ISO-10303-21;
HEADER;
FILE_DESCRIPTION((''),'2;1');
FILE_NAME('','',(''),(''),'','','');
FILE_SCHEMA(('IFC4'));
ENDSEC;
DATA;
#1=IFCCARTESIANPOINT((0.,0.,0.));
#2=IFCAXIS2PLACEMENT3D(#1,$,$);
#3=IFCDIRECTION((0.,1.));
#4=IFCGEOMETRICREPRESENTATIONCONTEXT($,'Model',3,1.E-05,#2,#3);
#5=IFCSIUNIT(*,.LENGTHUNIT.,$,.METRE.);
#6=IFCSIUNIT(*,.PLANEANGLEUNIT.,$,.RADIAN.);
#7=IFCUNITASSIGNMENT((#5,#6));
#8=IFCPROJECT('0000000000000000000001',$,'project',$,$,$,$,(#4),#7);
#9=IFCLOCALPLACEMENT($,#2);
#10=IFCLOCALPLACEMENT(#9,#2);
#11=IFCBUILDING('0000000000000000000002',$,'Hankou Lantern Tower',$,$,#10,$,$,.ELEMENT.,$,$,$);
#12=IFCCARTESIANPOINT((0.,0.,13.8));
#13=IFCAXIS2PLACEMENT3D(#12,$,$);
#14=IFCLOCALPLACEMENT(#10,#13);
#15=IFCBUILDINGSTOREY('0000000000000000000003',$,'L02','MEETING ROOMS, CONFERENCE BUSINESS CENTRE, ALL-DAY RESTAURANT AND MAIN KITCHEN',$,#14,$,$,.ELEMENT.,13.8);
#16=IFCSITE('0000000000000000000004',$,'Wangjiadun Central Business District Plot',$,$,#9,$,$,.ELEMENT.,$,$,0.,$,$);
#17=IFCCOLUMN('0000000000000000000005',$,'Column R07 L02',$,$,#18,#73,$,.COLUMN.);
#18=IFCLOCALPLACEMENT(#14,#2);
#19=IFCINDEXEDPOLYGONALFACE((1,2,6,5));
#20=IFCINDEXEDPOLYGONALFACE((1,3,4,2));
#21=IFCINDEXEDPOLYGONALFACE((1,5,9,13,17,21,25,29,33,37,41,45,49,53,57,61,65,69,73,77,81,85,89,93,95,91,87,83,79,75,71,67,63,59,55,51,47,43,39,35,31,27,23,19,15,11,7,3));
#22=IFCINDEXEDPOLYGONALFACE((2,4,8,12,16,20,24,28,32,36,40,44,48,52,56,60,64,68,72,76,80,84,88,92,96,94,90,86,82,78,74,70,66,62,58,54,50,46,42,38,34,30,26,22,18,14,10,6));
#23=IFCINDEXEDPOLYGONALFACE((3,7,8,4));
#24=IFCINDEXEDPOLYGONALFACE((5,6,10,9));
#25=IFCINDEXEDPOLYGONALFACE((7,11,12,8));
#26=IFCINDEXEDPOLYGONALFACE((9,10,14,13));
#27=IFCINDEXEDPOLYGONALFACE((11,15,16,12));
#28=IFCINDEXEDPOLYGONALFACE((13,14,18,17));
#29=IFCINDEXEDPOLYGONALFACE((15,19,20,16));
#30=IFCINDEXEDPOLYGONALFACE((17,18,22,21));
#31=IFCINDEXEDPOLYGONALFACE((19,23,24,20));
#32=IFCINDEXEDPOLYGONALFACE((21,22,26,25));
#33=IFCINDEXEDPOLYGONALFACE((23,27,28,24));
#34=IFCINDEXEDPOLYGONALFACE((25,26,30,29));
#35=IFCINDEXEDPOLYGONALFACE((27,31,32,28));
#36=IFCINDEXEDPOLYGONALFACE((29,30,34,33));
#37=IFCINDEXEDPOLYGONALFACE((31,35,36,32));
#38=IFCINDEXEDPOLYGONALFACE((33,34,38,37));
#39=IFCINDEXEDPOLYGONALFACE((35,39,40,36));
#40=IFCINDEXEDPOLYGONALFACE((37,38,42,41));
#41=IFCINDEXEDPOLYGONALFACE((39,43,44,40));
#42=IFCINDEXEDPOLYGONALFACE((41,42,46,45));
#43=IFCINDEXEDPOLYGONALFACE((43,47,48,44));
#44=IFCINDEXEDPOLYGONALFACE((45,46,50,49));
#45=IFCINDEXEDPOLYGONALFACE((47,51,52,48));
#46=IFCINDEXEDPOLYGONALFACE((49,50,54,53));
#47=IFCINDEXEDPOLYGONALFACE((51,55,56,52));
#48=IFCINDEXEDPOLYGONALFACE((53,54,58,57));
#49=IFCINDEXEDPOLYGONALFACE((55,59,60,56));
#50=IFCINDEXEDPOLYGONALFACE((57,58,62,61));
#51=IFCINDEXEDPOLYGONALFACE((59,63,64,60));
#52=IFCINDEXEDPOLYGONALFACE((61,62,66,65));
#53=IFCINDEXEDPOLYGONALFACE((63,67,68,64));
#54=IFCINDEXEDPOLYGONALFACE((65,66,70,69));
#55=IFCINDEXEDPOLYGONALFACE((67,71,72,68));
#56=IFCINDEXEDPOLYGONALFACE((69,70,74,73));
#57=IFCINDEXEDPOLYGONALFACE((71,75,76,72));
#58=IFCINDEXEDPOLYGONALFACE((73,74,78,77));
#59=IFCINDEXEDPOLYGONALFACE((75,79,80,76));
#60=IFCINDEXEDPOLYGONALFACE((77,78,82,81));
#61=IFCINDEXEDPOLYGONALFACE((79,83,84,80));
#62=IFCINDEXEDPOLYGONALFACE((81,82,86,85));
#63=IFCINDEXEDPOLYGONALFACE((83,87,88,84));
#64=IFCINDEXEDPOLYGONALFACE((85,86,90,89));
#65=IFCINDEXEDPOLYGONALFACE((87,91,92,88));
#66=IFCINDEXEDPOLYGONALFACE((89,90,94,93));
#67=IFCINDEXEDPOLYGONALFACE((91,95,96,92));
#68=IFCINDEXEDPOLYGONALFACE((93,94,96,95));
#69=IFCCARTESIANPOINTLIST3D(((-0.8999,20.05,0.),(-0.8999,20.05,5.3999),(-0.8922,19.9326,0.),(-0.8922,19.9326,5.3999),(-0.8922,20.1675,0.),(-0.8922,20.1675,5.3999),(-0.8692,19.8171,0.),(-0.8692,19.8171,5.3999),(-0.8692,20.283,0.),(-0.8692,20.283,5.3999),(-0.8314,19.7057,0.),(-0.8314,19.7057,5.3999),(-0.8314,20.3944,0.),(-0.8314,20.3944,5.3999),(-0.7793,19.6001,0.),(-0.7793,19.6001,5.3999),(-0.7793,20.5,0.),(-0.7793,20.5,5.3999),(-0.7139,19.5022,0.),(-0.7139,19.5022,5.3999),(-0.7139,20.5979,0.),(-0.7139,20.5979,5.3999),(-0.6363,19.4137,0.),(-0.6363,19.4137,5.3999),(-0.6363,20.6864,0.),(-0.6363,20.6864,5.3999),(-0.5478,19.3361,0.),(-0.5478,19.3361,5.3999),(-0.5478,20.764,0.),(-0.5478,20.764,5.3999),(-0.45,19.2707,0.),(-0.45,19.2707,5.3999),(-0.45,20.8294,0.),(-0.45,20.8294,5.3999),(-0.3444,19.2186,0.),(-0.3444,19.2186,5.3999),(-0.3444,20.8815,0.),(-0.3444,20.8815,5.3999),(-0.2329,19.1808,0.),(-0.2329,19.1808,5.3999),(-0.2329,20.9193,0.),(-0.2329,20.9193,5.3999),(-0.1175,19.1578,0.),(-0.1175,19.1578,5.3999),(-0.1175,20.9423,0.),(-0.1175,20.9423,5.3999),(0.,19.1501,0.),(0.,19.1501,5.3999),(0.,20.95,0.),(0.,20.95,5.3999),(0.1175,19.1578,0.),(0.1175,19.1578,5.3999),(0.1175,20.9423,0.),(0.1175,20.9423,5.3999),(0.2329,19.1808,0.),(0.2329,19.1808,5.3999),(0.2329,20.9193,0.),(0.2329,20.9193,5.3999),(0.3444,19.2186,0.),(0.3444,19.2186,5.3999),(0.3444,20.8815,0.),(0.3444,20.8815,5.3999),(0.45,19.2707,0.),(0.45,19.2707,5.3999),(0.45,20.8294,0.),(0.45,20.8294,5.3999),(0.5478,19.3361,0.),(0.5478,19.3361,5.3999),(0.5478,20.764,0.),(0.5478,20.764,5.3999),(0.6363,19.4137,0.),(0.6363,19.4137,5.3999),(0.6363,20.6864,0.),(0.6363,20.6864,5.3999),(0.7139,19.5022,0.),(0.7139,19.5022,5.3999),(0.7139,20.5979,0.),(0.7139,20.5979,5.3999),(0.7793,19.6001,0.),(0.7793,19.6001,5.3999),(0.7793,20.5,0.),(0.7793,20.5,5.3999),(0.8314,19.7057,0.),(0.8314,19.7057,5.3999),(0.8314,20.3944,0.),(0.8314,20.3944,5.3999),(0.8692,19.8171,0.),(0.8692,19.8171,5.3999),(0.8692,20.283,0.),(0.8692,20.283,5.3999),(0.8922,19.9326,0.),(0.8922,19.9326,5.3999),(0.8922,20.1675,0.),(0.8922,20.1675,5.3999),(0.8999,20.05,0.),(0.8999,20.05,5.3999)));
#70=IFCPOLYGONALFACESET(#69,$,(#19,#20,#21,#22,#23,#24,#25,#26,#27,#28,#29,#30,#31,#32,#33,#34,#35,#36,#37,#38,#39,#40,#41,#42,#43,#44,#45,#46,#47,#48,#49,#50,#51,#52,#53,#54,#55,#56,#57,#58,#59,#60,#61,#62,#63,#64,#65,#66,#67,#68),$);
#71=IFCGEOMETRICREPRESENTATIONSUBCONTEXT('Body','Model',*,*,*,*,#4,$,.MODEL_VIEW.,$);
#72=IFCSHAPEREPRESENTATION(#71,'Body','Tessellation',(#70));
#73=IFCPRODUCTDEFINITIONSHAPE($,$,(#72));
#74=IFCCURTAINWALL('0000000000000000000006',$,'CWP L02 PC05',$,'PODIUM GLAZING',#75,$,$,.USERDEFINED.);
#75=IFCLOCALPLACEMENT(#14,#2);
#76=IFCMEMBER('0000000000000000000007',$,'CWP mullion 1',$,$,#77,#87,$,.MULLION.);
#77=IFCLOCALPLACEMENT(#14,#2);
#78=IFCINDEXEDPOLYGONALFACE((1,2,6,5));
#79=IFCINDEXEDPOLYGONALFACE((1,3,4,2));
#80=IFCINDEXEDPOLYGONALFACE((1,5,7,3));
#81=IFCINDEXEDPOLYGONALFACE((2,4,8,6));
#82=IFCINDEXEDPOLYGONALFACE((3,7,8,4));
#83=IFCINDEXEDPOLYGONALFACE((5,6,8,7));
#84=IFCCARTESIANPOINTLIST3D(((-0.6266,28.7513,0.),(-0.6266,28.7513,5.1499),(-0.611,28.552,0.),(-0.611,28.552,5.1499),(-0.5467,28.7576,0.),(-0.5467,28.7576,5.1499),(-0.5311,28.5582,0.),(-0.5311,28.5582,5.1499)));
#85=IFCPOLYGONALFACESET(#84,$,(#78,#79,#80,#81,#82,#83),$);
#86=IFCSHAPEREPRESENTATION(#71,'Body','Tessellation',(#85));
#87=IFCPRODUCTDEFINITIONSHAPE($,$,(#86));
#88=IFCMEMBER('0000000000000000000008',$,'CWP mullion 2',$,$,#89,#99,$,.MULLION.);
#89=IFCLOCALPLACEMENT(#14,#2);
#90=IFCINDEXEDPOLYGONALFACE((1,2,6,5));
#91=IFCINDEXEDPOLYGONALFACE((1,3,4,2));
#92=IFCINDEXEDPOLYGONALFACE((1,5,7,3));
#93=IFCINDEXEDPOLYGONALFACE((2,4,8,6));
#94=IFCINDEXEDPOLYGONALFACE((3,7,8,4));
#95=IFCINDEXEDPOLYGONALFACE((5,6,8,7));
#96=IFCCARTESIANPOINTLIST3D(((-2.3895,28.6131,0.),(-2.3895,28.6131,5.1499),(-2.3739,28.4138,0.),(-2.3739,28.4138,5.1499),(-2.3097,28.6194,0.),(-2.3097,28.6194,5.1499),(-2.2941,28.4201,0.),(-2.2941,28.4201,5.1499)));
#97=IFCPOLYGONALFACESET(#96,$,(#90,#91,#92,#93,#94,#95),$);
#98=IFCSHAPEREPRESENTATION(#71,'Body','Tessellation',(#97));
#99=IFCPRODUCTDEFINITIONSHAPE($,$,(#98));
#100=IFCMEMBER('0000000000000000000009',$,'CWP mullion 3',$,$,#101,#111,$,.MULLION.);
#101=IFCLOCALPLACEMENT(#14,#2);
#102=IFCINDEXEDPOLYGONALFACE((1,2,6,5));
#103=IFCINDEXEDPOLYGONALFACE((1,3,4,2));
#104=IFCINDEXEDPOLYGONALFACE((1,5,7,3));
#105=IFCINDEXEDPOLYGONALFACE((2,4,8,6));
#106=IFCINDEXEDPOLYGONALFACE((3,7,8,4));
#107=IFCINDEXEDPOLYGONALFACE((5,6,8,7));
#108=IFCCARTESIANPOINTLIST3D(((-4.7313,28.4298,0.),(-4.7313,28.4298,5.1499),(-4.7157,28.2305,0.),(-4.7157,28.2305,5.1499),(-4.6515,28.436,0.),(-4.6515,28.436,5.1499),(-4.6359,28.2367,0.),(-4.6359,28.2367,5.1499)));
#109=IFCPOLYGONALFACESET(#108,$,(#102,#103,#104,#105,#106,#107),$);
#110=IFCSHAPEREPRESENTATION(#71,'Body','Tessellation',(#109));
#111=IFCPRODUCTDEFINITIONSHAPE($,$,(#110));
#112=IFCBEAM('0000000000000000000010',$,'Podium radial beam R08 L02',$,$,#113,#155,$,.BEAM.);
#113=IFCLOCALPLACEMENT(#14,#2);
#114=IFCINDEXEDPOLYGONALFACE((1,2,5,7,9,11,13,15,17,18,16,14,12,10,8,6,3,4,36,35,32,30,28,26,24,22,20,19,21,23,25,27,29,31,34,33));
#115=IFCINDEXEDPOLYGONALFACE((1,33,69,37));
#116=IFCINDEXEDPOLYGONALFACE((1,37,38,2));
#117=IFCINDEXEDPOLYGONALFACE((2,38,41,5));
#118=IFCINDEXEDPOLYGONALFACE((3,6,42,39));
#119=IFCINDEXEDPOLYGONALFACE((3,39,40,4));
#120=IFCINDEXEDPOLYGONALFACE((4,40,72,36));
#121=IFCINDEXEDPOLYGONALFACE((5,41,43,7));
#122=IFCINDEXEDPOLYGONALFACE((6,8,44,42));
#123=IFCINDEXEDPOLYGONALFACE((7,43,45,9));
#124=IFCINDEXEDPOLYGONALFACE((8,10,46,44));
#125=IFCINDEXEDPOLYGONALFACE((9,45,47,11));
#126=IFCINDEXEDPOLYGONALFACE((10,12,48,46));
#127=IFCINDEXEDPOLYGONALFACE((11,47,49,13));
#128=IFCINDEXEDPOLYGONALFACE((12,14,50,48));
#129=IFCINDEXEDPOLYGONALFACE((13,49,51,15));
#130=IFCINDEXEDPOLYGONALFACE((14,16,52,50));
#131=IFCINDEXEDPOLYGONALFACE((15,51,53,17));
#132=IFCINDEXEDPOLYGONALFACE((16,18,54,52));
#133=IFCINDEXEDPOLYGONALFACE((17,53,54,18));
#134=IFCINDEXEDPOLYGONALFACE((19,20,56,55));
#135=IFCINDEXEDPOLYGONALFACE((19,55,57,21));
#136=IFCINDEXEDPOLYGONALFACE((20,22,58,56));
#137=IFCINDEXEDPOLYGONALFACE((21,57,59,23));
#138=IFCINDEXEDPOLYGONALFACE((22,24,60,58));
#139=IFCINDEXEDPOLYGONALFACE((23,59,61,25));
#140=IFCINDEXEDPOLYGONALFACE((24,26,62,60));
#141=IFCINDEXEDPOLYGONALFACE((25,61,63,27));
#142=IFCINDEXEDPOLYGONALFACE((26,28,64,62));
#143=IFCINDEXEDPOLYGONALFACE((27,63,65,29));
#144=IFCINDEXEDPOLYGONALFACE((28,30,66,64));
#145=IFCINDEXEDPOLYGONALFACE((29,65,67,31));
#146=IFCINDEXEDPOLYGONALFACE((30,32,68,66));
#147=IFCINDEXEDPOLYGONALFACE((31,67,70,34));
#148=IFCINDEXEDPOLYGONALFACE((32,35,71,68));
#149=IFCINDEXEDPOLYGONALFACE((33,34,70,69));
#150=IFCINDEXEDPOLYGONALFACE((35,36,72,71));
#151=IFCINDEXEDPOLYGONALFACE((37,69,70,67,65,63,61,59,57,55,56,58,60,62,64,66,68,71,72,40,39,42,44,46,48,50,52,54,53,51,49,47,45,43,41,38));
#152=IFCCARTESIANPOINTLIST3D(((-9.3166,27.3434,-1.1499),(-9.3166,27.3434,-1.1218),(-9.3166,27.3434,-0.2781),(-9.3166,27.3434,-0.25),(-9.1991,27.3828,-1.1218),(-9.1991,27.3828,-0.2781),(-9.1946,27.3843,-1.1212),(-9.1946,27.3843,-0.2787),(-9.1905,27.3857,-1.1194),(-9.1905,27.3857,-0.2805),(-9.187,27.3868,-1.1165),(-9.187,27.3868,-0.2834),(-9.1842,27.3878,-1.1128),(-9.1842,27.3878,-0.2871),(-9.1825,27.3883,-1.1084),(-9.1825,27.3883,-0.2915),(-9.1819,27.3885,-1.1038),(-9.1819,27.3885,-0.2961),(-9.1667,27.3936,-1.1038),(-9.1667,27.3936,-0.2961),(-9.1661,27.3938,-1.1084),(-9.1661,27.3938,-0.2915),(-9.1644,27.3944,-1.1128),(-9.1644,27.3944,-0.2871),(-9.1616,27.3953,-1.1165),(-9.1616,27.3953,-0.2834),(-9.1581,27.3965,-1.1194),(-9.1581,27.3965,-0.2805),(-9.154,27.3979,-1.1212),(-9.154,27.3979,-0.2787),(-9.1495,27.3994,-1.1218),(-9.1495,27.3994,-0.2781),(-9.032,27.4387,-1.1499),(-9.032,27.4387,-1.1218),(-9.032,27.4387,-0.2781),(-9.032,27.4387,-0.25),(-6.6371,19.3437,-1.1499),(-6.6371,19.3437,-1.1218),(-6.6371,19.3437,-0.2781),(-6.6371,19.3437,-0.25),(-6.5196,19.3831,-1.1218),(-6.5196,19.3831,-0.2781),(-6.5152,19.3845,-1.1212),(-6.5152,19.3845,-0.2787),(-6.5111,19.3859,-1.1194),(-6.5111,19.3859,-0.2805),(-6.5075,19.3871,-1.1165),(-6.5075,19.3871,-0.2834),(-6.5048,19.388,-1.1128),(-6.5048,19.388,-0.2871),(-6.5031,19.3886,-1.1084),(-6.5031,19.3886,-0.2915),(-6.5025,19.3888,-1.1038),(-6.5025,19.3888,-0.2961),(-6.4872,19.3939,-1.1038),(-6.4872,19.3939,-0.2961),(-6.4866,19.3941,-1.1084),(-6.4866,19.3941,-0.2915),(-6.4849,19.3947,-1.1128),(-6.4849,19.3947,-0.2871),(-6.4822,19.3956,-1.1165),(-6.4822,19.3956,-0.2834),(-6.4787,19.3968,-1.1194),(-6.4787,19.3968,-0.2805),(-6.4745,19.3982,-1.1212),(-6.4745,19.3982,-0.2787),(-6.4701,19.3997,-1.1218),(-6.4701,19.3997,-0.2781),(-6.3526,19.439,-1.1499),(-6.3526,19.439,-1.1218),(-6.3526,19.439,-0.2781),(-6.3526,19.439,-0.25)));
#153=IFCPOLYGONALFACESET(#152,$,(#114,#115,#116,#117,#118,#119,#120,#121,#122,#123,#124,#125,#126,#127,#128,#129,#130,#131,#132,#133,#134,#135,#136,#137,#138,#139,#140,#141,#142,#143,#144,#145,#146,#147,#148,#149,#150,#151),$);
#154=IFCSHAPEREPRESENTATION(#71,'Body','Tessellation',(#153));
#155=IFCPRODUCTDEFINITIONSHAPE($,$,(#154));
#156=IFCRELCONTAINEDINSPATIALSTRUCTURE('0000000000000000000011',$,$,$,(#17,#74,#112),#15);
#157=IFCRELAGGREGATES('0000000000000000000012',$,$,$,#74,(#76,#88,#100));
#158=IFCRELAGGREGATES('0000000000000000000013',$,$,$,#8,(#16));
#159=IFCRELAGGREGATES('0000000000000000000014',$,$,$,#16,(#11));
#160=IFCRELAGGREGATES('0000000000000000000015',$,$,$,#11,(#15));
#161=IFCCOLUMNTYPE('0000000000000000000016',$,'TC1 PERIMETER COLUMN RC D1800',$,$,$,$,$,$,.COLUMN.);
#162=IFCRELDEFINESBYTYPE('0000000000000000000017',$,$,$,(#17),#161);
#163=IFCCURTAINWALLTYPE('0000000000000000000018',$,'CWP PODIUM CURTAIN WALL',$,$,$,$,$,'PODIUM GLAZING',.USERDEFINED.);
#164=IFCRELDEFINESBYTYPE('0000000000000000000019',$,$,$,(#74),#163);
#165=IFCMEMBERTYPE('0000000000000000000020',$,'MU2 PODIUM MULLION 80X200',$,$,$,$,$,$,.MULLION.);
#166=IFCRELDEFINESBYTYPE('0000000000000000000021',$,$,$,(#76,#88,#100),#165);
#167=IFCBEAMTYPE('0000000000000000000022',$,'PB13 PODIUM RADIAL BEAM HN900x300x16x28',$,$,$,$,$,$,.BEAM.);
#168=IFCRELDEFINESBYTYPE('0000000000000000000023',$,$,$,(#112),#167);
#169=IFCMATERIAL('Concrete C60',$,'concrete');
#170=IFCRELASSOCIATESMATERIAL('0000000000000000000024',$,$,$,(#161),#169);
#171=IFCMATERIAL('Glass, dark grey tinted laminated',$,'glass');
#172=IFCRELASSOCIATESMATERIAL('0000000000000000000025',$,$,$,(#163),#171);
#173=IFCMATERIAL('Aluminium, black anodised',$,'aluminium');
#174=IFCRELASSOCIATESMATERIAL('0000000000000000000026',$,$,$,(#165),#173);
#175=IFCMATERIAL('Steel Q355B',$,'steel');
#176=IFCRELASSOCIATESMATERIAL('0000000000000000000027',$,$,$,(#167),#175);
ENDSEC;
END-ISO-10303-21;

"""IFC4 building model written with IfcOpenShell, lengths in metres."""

from ifc_helpers import new_model, si_unit, direction, frame, origin, origin_2d, place, context, subcontext, project, spatial, rectangle, circle, i_section, extrude, material, material_profile, profile_set, type_object, element, aggregate, save


model = new_model("IFC4")

# Units and contexts
model_context = context("Model", 3, precision=1e-05, world=origin(), true_north=direction((0.0, 1.0)))
body_context = subcontext(model_context, "Body", "Model", "MODEL_VIEW")
ifc_project = project(units=[si_unit("LENGTHUNIT", "METRE"), si_unit("PLANEANGLEUNIT", "RADIAN")], contexts=[model_context])

# Site, building, storey
site_placement = place(None, origin())
site = spatial("IfcSite", under=ifc_project, at=site_placement, Name="Wangjiadun Central Business District Plot", CompositionType="ELEMENT", RefElevation=0.0)
building_placement = place(site_placement, origin())
building = spatial("IfcBuilding", under=site, at=building_placement, Name="Hankou Lantern Tower", CompositionType="ELEMENT")
storey_placement = place(building_placement, frame((0.0, 0.0, 13.8)))
storey = spatial("IfcBuildingStorey", under=building, at=storey_placement, Name="L02", Description="MEETING ROOMS, CONFERENCE BUSINESS CENTRE, ALL-DAY RESTAURANT AND MAIN KITCHEN", CompositionType="ELEMENT", Elevation=13.8)

# Column
ifc_material_1 = material(Name="Concrete C60", Category="concrete")
ifc_material_profile_1 = material_profile(ifc_material_1, circle(Radius=0.8999, at=origin_2d()), Name="RC D1800")
ifc_profile_set_1 = profile_set([ifc_material_profile_1], Name="Concrete C60")
column_type = type_object("IfcColumnType", Name="TC1 PERIMETER COLUMN RC D1800", PredefinedType="COLUMN", material=ifc_profile_set_1)
column_placement = place(storey_placement, frame((0.0, 20.05, 0.0), z_axis=(0.0, 0.0, 1.0), x_axis=(1.0, 0.0, 0.0)))
element("IfcColumn", 1, at=column_placement, inside=storey, type_object=column_type, Name="Column R07 L02", PredefinedType="COLUMN", context=body_context, shape_type="SweptSolid", body=[
    extrude(circle(Radius=0.8999, at=origin_2d()), origin(), (0.0, 0.0, 1.0), 5.3999),
])

# Curtain wall, members
ifc_material_2 = material(Name="Glass, dark grey tinted laminated", Category="glass")
curtain_wall_type = type_object("IfcCurtainWallType", Name="CWP PODIUM CURTAIN WALL", ElementType="PODIUM GLAZING", PredefinedType="USERDEFINED", material=ifc_material_2)
curtain_wall_placement = place(storey_placement, origin())
curtain_wall = element("IfcCurtainWall", 2, at=curtain_wall_placement, inside=storey, type_object=curtain_wall_type, Name="CWP L02 PC05", ObjectType="PODIUM GLAZING", PredefinedType="USERDEFINED")
ifc_material_3 = material(Name="Aluminium, black anodised", Category="aluminium")
ifc_material_profile_2 = material_profile(ifc_material_3, rectangle(XDim=0.0801, YDim=0.2, at=origin_2d()), Name="MU2 80X200")
ifc_profile_set_2 = profile_set([ifc_material_profile_2], Name="Aluminium, black anodised")
member_type_1 = type_object("IfcMemberType", Name="MU2 PODIUM MULLION 80X200", PredefinedType="MULLION", material=ifc_profile_set_2)
member_1_placement = place(storey_placement, frame((-0.5789, 28.6548, 0.0), z_axis=(0.0, 0.0, 1.0), x_axis=(-0.996949, -0.078062, 0.0)))
member_1 = element("IfcMember", 3, at=member_1_placement, type_object=member_type_1, Name="CWP mullion 1", PredefinedType="MULLION", context=body_context, shape_type="SweptSolid", body=[
    extrude(rectangle(XDim=0.0801, YDim=0.2, at=origin_2d()), origin(), (0.0, 0.0, 1.0), 5.1499),
])
member_2_placement = place(storey_placement, frame((-2.3418, 28.5166, 0.0), z_axis=(0.0, 0.0, 1.0), x_axis=(-0.996949, -0.078062, 0.0)))
member_2 = element("IfcMember", 4, at=member_2_placement, type_object=member_type_1, Name="CWP mullion 2", PredefinedType="MULLION", context=body_context, shape_type="SweptSolid", body=[
    extrude(rectangle(XDim=0.0801, YDim=0.2, at=origin_2d()), origin(), (0.0, 0.0, 1.0), 5.1499),
])
member_3_placement = place(storey_placement, frame((-4.6836, 28.3333, 0.0), z_axis=(0.0, 0.0, 1.0), x_axis=(-0.996949, -0.078062, 0.0)))
member_3 = element("IfcMember", 5, at=member_3_placement, type_object=member_type_1, Name="CWP mullion 3", PredefinedType="MULLION", context=body_context, shape_type="SweptSolid", body=[
    extrude(rectangle(XDim=0.0801, YDim=0.2, at=origin_2d()), origin(), (0.0, 0.0, 1.0), 5.1499),
])

# Beam
ifc_material_4 = material(Name="Steel Q355B", Category="steel")
ifc_material_profile_3 = material_profile(ifc_material_4, i_section(OverallWidth=0.3, OverallDepth=0.8999, WebThickness=0.0161, FlangeThickness=0.0281, FilletRadius=0.0181, at=origin_2d()), Name="HN900x300x16x28")
ifc_profile_set_3 = profile_set([ifc_material_profile_3], Name="Steel Q355B")
beam_type_1 = type_object("IfcBeamType", Name="PB13 PODIUM RADIAL BEAM HN900x300x16x28", PredefinedType="BEAM", material=ifc_profile_set_3)
beam_1_placement = place(storey_placement, frame((-6.4949, 19.3914, -0.7), z_axis=(-0.317599, 0.948225, 0.0), x_axis=(-0.948225, -0.317599, 0.0)))
element("IfcBeam", 6, at=beam_1_placement, inside=storey, type_object=beam_type_1, Name="Podium radial beam R08 L02", PredefinedType="BEAM", context=body_context, shape_type="SweptSolid", body=[
    extrude(i_section(OverallWidth=0.3, OverallDepth=0.8999, WebThickness=0.0161, FlangeThickness=0.0281, FilletRadius=0.0181, at=origin_2d()), origin(), (0.0, 0.0, 1.0), 8.4365),
])

aggregate(curtain_wall, [member_1, member_2, member_3])

save(model, "model.ifc")
